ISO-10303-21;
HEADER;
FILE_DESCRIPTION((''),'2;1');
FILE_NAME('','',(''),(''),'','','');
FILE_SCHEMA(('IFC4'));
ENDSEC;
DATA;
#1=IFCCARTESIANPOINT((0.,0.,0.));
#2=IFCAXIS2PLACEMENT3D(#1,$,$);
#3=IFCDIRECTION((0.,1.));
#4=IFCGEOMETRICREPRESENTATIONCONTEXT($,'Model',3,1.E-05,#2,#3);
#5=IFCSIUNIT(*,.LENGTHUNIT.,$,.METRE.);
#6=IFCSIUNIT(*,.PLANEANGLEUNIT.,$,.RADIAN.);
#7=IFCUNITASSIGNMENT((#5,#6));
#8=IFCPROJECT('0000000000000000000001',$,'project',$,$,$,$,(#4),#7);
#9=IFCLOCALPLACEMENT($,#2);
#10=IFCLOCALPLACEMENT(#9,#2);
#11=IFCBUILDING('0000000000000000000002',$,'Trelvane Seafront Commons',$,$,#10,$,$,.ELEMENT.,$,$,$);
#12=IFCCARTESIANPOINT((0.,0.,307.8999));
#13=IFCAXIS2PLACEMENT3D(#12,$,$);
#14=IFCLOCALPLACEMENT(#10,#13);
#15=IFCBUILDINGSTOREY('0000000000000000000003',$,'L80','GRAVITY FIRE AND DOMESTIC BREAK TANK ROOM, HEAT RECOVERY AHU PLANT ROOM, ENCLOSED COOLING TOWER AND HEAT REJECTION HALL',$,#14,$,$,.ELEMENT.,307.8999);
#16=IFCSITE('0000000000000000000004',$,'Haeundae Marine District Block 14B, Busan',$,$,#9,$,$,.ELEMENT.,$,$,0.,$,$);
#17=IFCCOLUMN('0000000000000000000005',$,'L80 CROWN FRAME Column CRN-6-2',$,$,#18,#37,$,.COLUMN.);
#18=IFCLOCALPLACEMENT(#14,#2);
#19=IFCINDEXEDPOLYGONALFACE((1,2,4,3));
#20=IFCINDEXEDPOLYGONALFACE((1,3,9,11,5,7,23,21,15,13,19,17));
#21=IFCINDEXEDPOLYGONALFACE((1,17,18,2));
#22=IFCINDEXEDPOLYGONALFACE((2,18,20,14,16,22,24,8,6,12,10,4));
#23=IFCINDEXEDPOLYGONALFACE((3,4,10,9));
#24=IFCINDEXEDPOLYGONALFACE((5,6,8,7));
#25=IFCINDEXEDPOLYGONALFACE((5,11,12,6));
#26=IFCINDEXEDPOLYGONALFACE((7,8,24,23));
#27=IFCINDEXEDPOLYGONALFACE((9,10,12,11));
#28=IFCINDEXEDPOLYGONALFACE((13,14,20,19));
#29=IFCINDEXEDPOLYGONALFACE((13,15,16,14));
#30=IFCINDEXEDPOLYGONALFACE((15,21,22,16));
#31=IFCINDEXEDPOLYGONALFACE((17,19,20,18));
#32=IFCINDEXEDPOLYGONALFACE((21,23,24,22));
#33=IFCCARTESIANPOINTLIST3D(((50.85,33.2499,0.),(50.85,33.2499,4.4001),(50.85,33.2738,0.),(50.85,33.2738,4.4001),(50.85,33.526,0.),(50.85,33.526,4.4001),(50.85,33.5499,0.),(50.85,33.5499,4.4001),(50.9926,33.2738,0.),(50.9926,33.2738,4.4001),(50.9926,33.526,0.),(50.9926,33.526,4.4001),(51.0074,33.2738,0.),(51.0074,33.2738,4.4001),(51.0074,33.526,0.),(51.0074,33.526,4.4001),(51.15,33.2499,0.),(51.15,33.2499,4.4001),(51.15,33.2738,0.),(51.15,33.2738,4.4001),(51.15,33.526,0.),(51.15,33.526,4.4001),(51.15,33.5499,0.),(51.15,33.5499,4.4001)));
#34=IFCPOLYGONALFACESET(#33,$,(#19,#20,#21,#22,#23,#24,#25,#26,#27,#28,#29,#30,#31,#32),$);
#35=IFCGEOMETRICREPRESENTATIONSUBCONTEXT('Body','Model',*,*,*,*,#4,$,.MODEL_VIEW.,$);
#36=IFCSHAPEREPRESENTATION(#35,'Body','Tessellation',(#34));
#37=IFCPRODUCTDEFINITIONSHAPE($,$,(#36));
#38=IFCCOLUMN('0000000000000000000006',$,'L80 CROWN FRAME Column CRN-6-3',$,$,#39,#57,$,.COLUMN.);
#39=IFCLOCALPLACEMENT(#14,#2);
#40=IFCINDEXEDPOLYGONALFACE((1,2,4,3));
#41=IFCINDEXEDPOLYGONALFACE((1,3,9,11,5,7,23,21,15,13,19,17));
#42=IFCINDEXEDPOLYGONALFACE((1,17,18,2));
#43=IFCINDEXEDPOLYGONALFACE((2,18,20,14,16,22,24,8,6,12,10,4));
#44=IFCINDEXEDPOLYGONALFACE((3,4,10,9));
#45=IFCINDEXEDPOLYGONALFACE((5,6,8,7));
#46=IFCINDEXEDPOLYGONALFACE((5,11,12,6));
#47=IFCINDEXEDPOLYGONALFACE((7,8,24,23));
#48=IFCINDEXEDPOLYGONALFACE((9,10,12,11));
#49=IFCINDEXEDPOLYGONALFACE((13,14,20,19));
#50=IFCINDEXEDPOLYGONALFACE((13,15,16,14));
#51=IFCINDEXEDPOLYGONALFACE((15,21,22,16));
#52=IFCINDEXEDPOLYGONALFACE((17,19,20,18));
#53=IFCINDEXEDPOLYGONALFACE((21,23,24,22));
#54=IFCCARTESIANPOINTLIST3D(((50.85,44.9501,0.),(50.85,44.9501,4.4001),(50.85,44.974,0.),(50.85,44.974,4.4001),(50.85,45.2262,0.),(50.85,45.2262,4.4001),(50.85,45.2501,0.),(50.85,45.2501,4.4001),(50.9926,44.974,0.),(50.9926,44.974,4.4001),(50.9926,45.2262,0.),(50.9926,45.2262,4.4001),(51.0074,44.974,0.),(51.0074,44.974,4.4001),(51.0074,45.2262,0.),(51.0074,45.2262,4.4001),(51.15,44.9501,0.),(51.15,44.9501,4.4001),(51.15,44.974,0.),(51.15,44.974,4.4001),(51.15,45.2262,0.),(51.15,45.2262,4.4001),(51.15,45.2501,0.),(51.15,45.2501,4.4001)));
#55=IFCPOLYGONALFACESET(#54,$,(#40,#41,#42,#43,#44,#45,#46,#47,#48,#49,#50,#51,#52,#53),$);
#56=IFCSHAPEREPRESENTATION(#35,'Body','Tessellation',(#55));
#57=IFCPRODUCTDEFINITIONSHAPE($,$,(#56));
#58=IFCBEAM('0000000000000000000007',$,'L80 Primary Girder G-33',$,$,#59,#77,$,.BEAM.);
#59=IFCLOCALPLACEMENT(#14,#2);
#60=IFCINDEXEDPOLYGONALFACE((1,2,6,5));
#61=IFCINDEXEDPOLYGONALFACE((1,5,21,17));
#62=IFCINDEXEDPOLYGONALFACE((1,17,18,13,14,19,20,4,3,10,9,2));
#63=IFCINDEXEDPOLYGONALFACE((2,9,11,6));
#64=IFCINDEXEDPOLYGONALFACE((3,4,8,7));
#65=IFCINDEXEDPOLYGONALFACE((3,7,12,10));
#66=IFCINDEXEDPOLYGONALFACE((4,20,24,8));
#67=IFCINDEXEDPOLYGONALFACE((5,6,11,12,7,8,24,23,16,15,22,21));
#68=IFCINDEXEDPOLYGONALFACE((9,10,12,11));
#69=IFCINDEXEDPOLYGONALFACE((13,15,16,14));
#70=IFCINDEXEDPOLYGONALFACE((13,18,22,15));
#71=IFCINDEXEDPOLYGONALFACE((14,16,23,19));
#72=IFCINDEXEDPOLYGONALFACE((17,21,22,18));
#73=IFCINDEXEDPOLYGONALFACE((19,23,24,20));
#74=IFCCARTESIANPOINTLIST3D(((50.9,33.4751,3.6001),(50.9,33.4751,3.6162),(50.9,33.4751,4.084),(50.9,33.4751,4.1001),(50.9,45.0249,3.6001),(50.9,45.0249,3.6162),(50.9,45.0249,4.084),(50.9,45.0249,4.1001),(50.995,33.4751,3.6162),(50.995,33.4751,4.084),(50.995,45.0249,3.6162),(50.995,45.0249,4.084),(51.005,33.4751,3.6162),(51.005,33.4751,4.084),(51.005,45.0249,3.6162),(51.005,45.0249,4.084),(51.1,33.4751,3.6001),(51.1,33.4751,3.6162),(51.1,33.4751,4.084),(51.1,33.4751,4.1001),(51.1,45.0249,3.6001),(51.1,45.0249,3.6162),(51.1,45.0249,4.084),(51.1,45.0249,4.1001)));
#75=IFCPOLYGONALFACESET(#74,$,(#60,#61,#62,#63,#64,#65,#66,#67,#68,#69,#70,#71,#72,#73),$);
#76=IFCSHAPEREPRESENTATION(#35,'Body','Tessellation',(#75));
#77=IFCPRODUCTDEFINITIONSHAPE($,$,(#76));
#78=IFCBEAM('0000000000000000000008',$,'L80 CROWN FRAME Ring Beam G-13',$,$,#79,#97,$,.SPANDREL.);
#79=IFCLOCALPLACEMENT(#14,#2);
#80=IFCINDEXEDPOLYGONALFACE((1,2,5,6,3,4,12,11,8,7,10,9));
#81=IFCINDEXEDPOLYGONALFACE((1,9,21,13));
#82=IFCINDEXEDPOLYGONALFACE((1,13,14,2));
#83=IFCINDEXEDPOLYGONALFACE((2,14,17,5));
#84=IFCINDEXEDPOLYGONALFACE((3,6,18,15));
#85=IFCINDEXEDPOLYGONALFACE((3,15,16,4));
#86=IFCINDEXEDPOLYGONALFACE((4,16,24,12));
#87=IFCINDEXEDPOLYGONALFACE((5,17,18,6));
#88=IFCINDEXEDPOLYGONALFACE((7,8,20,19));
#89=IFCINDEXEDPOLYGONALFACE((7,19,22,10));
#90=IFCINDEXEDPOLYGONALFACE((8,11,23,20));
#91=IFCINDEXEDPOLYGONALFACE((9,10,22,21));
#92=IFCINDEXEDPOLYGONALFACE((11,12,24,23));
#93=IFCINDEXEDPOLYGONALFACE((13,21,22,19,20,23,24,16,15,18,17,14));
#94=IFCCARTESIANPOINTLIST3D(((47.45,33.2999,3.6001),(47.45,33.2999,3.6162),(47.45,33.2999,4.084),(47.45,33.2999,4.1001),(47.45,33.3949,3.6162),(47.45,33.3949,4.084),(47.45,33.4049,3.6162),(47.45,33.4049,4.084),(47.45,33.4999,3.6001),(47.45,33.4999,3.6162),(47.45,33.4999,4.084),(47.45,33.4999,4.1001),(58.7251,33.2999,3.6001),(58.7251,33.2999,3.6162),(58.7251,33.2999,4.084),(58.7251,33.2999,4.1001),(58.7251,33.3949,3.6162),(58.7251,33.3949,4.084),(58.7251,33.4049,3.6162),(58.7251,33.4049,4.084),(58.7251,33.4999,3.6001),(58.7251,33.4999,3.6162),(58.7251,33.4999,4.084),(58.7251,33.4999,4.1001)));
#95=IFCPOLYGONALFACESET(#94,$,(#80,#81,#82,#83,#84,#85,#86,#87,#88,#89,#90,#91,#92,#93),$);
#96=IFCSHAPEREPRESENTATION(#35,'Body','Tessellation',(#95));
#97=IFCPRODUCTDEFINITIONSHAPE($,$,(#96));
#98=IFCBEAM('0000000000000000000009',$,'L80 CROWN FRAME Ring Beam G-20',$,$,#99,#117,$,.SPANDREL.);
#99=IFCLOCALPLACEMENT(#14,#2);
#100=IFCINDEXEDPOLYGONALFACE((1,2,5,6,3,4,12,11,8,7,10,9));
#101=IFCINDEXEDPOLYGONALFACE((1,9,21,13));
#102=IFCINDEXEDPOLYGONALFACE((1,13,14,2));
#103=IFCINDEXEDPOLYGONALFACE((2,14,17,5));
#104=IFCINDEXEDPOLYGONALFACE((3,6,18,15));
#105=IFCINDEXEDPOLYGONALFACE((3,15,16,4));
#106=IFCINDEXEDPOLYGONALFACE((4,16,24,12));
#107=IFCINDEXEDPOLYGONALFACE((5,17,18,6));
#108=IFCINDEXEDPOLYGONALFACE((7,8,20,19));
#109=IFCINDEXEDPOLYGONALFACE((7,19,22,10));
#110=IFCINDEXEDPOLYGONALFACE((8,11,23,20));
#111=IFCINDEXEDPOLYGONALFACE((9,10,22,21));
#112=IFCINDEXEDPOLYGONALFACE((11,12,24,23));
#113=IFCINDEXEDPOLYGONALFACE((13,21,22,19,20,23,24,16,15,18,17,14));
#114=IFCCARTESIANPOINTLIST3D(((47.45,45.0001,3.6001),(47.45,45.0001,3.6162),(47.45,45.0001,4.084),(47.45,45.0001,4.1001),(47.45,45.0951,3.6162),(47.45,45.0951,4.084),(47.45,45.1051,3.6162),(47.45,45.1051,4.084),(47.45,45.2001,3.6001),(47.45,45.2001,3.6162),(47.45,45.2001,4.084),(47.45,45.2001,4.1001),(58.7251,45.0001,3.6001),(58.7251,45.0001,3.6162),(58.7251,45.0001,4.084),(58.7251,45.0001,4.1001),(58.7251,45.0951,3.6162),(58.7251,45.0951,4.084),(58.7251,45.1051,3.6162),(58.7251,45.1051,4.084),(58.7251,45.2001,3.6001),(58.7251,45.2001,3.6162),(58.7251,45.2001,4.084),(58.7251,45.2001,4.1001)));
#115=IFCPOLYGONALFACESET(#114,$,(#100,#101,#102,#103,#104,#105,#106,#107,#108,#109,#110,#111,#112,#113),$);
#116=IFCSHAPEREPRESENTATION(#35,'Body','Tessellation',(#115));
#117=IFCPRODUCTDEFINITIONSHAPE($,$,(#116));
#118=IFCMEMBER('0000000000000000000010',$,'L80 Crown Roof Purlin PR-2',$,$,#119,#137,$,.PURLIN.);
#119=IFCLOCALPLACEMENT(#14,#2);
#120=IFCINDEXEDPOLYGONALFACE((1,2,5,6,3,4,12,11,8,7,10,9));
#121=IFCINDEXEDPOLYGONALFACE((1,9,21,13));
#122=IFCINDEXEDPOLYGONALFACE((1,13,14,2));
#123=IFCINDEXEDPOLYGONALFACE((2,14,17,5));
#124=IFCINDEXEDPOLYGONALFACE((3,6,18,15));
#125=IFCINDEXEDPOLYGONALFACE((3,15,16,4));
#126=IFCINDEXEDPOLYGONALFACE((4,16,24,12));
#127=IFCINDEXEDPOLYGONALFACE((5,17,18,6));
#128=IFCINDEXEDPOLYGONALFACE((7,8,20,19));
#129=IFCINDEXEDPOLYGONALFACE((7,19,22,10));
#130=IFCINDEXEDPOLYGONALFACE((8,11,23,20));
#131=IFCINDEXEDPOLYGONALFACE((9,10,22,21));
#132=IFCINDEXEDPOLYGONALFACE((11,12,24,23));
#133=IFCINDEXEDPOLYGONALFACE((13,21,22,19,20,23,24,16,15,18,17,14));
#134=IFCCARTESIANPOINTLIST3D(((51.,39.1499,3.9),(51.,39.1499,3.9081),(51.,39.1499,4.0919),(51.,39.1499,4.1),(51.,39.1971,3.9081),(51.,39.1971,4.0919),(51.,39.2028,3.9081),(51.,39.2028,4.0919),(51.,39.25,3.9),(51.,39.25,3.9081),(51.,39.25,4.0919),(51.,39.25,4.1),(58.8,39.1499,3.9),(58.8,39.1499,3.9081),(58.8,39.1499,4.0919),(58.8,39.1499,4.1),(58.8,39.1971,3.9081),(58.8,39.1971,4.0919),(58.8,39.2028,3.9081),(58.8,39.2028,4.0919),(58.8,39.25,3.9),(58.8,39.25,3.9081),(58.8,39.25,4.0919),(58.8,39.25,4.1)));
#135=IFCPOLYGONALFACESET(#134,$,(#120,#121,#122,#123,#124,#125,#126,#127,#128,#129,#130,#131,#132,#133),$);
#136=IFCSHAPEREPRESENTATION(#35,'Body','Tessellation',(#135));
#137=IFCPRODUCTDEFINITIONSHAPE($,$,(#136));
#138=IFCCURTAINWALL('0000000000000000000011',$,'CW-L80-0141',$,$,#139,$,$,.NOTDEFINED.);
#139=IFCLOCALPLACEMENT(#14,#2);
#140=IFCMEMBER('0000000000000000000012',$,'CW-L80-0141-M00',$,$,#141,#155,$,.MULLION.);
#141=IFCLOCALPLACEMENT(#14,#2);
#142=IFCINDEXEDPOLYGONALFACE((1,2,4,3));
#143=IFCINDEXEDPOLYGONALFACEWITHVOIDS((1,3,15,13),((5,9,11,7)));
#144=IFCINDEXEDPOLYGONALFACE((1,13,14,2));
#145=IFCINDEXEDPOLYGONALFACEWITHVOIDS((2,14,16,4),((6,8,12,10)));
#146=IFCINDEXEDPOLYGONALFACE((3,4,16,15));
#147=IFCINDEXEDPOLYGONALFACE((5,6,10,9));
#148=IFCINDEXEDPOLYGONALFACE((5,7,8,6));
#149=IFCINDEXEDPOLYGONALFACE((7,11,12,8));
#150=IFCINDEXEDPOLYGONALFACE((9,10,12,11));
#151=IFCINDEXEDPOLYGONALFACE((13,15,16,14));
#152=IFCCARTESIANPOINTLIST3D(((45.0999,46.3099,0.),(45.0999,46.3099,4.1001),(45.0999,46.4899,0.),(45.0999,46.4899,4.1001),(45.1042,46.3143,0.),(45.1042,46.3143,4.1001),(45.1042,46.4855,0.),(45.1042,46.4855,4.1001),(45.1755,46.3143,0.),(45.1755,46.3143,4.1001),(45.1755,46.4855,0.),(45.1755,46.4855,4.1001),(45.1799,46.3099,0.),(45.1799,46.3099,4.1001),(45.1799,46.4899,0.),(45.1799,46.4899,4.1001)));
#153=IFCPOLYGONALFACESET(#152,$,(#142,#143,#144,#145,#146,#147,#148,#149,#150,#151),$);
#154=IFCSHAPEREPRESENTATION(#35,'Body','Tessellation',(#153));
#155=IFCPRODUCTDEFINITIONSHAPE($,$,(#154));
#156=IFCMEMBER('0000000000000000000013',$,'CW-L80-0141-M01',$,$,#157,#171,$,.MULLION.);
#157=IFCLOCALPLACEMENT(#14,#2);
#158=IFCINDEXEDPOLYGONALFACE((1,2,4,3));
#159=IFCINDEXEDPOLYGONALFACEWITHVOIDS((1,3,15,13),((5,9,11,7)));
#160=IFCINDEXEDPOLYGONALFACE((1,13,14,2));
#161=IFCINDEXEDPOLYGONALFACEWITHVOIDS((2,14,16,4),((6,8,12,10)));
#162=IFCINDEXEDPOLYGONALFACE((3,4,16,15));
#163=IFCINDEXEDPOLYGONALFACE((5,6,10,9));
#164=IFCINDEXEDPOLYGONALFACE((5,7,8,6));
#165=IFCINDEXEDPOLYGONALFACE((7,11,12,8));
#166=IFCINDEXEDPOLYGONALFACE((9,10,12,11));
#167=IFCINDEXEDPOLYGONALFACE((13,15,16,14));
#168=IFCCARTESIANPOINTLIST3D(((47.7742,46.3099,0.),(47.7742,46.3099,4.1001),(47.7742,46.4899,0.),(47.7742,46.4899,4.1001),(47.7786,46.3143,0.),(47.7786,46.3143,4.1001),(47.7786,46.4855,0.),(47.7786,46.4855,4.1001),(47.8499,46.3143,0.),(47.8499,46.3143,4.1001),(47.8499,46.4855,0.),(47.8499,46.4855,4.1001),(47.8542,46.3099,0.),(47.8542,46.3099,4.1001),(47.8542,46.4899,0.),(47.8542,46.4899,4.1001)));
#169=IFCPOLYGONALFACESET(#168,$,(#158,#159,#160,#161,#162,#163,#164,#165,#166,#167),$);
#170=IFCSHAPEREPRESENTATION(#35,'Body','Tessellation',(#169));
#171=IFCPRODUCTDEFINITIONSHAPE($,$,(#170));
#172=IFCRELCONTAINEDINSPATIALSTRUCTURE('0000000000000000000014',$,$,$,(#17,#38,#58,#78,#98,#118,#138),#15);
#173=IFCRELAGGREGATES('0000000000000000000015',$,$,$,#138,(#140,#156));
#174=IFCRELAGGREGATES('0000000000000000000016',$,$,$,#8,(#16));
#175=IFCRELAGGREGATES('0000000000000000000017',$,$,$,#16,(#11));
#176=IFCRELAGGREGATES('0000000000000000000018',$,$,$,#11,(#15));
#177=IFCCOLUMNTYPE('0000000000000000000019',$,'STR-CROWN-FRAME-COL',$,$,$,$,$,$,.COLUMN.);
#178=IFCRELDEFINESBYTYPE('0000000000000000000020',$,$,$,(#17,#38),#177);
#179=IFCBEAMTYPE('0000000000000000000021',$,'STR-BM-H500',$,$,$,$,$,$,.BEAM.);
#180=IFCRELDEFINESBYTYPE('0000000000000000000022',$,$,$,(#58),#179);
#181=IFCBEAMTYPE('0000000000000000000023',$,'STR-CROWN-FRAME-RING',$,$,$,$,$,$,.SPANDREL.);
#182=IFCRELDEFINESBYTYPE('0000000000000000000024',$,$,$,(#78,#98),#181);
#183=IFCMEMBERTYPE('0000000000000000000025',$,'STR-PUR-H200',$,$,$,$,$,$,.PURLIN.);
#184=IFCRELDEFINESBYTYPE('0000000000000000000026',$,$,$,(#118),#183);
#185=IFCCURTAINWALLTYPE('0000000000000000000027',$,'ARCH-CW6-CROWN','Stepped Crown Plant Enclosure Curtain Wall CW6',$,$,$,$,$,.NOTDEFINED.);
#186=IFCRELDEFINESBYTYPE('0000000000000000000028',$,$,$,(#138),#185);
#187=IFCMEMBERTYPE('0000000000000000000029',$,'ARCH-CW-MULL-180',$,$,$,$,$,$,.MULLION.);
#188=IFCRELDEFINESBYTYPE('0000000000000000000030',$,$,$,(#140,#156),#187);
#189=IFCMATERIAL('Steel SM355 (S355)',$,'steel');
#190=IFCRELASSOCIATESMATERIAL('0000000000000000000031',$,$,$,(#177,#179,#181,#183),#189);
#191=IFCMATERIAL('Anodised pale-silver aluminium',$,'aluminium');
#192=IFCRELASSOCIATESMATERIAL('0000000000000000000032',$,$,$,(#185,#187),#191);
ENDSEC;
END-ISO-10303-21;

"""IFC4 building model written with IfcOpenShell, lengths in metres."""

from ifc_helpers import new_model, si_unit, direction, frame, origin, origin_2d, place, context, subcontext, project, spatial, hollow_rectangle, i_section, extrude, source, transform, mapped, material, material_profile, profile_set, type_object, element, aggregate, save


model = new_model("IFC4")

# Units and contexts
model_context = context("Model", 3, precision=1e-05, world=origin(), true_north=direction((0.0, 1.0)))
body_context = subcontext(model_context, "Body", "Model", "MODEL_VIEW")
ifc_project = project(units=[si_unit("LENGTHUNIT", "METRE"), si_unit("PLANEANGLEUNIT", "RADIAN")], contexts=[model_context])

# Site, building, storey
site_placement = place(None, origin())
site = spatial("IfcSite", under=ifc_project, at=site_placement, Name="Haeundae Marine District Block 14B, Busan", CompositionType="ELEMENT", RefElevation=0.0)
building_placement = place(site_placement, origin())
building = spatial("IfcBuilding", under=site, at=building_placement, Name="Trelvane Seafront Commons", CompositionType="ELEMENT")
storey_placement = place(building_placement, frame((0.0, 0.0, 307.8999)))
storey = spatial("IfcBuildingStorey", under=building, at=storey_placement, Name="L80", Description="GRAVITY FIRE AND DOMESTIC BREAK TANK ROOM, HEAT RECOVERY AHU PLANT ROOM, ENCLOSED COOLING TOWER AND HEAT REJECTION HALL", CompositionType="ELEMENT", Elevation=307.8999)

# Columns
ifc_material_1 = material(Name="Steel SM355 (S355)", Category="steel")
ifc_material_profile_1 = material_profile(ifc_material_1, i_section(OverallWidth=0.3, OverallDepth=0.3, WebThickness=0.0149, FlangeThickness=0.0239, at=origin_2d()), Name="HD-300x300x15x24")
ifc_profile_set_1 = profile_set([ifc_material_profile_1], Name="Steel SM355 (S355)")
column_type = type_object("IfcColumnType", Name="STR-CROWN-FRAME-COL", PredefinedType="COLUMN", material=ifc_profile_set_1)
shared_shape_1 = source(origin(), body_context, "Body", "SweptSolid", [
    extrude(i_section(OverallWidth=0.3, OverallDepth=0.3, WebThickness=0.0149, FlangeThickness=0.0239, at=origin_2d()), origin(), (0.0, 0.0, 1.0), 4.4001),
])
for number, where, z_axis, x_axis, name in (
    (1, (51.0, 33.3999, 0.0), (0.0, 0.0, 1.0), (1.0, 0.0, 0.0), "L80 CROWN FRAME Column CRN-6-2"),
    (2, (51.0, 45.1001, 0.0), (0.0, 0.0, 1.0), (1.0, 0.0, 0.0), "L80 CROWN FRAME Column CRN-6-3"),
):
    element("IfcColumn", number, at=place(storey_placement, frame(where, z_axis=z_axis, x_axis=x_axis)), inside=storey, type_object=column_type, Name=name, PredefinedType="COLUMN", context=body_context, shape_type="MappedRepresentation", body=[
        mapped(shared_shape_1, transform((0.0, 0.0, 0.0), x_axis=(1.0, 0.0, 0.0), y_axis=(0.0, 1.0, 0.0), z_axis=(0.0, 0.0, 1.0), scale=1.0)),
    ])

# Beams
ifc_material_profile_2 = material_profile(ifc_material_1, i_section(OverallWidth=0.2, OverallDepth=0.5, WebThickness=0.01, FlangeThickness=0.0161, at=origin_2d()), Name="H-500x200x10x16")
ifc_profile_set_2 = profile_set([ifc_material_profile_2], Name="Steel SM355 (S355)")
beam_type_1 = type_object("IfcBeamType", Name="STR-BM-H500", PredefinedType="BEAM", material=ifc_profile_set_2)
shared_shape_2 = source(origin(), body_context, "Body", "SweptSolid", [
    extrude(i_section(OverallWidth=0.2, OverallDepth=0.5, WebThickness=0.01, FlangeThickness=0.0161, at=origin_2d()), origin(), (0.0, 0.0, 1.0), 11.5498),
])
beam_placement = place(storey_placement, frame((51.0, 33.4751, 3.8501), z_axis=(0.0, 1.0, 0.0), x_axis=(-1.0, 0.0, 0.0)))
element("IfcBeam", 3, at=beam_placement, inside=storey, type_object=beam_type_1, Name="L80 Primary Girder G-33", PredefinedType="BEAM", context=body_context, shape_type="MappedRepresentation", body=[
    mapped(shared_shape_2, transform((0.0, 0.0, 0.0), x_axis=(1.0, 0.0, 0.0), y_axis=(0.0, 1.0, 0.0), z_axis=(0.0, 0.0, 1.0), scale=1.0)),
])
ifc_material_profile_3 = material_profile(ifc_material_1, i_section(OverallWidth=0.2, OverallDepth=0.5, WebThickness=0.01, FlangeThickness=0.0161, at=origin_2d()), Name="H-500x200x10x16")
ifc_profile_set_3 = profile_set([ifc_material_profile_3], Name="Steel SM355 (S355)")
beam_type_2 = type_object("IfcBeamType", Name="STR-CROWN-FRAME-RING", PredefinedType="SPANDREL", material=ifc_profile_set_3)
shared_shape_3 = source(origin(), body_context, "Body", "SweptSolid", [
    extrude(i_section(OverallWidth=0.2, OverallDepth=0.5, WebThickness=0.01, FlangeThickness=0.0161, at=origin_2d()), origin(), (0.0, 0.0, 1.0), 11.2751),
])
for number, where, z_axis, x_axis, name in (
    (4, (47.45, 33.3999, 3.8501), (1.0, 0.0, 0.0), (0.0, 1.0, 0.0), "L80 CROWN FRAME Ring Beam G-13"),
    (5, (47.45, 45.1001, 3.8501), (1.0, 0.0, 0.0), (0.0, 1.0, 0.0), "L80 CROWN FRAME Ring Beam G-20"),
):
    element("IfcBeam", number, at=place(storey_placement, frame(where, z_axis=z_axis, x_axis=x_axis)), inside=storey, type_object=beam_type_2, Name=name, PredefinedType="SPANDREL", context=body_context, shape_type="MappedRepresentation", body=[
        mapped(shared_shape_3, transform((0.0, 0.0, 0.0), x_axis=(1.0, 0.0, 0.0), y_axis=(0.0, 1.0, 0.0), z_axis=(0.0, 0.0, 1.0), scale=1.0)),
    ])

# Member
ifc_material_profile_4 = material_profile(ifc_material_1, i_section(OverallWidth=0.1001, OverallDepth=0.2, WebThickness=0.0056, FlangeThickness=0.0081, at=origin_2d()), Name="H-200x100x5.5x8")
ifc_profile_set_4 = profile_set([ifc_material_profile_4], Name="Steel SM355 (S355)")
member_type_1 = type_object("IfcMemberType", Name="STR-PUR-H200", PredefinedType="PURLIN", material=ifc_profile_set_4)
shared_shape_4 = source(origin(), body_context, "Body", "SweptSolid", [
    extrude(i_section(OverallWidth=0.1001, OverallDepth=0.2, WebThickness=0.0056, FlangeThickness=0.0081, at=origin_2d()), origin(), (0.0, 0.0, 1.0), 7.8),
])
member_1_placement = place(storey_placement, frame((51.0, 39.2, 4.0), z_axis=(1.0, 0.0, 0.0), x_axis=(0.0, 1.0, 0.0)))
element("IfcMember", 6, at=member_1_placement, inside=storey, type_object=member_type_1, Name="L80 Crown Roof Purlin PR-2", PredefinedType="PURLIN", context=body_context, shape_type="MappedRepresentation", body=[
    mapped(shared_shape_4, transform((0.0, 0.0, 0.0), x_axis=(1.0, 0.0, 0.0), y_axis=(0.0, 1.0, 0.0), z_axis=(0.0, 0.0, 1.0), scale=1.0)),
])

# Curtain wall, members
ifc_material_2 = material(Name="Anodised pale-silver aluminium", Category="aluminium")
curtain_wall_type = type_object("IfcCurtainWallType", Name="ARCH-CW6-CROWN", Description="Stepped Crown Plant Enclosure Curtain Wall CW6", PredefinedType="NOTDEFINED", material=ifc_material_2)
curtain_wall_placement = place(storey_placement, origin())
curtain_wall = element("IfcCurtainWall", 7, at=curtain_wall_placement, inside=storey, type_object=curtain_wall_type, Name="CW-L80-0141", PredefinedType="NOTDEFINED")
ifc_material_profile_5 = material_profile(ifc_material_2, hollow_rectangle(XDim=0.0801, YDim=0.1799, WallThickness=0.0044, at=origin_2d()), Name="MULL-80x180x4.5")
ifc_profile_set_5 = profile_set([ifc_material_profile_5], Name="Anodised pale-silver aluminium")
member_type_2 = type_object("IfcMemberType", Name="ARCH-CW-MULL-180", PredefinedType="MULLION", material=ifc_profile_set_5)
shared_shape_5 = source(origin(), body_context, "Body", "SweptSolid", [
    extrude(hollow_rectangle(XDim=0.0801, YDim=0.1799, WallThickness=0.0044, at=origin_2d()), origin(), (0.0, 0.0, 1.0), 4.1001),
])
member_2_placement = place(storey_placement, frame((45.1399, 46.3999, 0.0), z_axis=(0.0, 0.0, 1.0), x_axis=(1.0, 0.0, 0.0)))
member_2 = element("IfcMember", 8, at=member_2_placement, type_object=member_type_2, Name="CW-L80-0141-M00", PredefinedType="MULLION", context=body_context, shape_type="MappedRepresentation", body=[
    mapped(shared_shape_5, transform((0.0, 0.0, 0.0), x_axis=(1.0, 0.0, 0.0), y_axis=(0.0, 1.0, 0.0), z_axis=(0.0, 0.0, 1.0), scale=1.0)),
])
member_3_placement = place(storey_placement, frame((47.8142, 46.3999, 0.0), z_axis=(0.0, 0.0, 1.0), x_axis=(1.0, 0.0, 0.0)))
member_3 = element("IfcMember", 9, at=member_3_placement, type_object=member_type_2, Name="CW-L80-0141-M01", PredefinedType="MULLION", context=body_context, shape_type="MappedRepresentation", body=[
    mapped(shared_shape_5, transform((0.0, 0.0, 0.0), x_axis=(1.0, 0.0, 0.0), y_axis=(0.0, 1.0, 0.0), z_axis=(0.0, 0.0, 1.0), scale=1.0)),
])
aggregate(curtain_wall, [member_2, member_3])

save(model, "model.ifc")
